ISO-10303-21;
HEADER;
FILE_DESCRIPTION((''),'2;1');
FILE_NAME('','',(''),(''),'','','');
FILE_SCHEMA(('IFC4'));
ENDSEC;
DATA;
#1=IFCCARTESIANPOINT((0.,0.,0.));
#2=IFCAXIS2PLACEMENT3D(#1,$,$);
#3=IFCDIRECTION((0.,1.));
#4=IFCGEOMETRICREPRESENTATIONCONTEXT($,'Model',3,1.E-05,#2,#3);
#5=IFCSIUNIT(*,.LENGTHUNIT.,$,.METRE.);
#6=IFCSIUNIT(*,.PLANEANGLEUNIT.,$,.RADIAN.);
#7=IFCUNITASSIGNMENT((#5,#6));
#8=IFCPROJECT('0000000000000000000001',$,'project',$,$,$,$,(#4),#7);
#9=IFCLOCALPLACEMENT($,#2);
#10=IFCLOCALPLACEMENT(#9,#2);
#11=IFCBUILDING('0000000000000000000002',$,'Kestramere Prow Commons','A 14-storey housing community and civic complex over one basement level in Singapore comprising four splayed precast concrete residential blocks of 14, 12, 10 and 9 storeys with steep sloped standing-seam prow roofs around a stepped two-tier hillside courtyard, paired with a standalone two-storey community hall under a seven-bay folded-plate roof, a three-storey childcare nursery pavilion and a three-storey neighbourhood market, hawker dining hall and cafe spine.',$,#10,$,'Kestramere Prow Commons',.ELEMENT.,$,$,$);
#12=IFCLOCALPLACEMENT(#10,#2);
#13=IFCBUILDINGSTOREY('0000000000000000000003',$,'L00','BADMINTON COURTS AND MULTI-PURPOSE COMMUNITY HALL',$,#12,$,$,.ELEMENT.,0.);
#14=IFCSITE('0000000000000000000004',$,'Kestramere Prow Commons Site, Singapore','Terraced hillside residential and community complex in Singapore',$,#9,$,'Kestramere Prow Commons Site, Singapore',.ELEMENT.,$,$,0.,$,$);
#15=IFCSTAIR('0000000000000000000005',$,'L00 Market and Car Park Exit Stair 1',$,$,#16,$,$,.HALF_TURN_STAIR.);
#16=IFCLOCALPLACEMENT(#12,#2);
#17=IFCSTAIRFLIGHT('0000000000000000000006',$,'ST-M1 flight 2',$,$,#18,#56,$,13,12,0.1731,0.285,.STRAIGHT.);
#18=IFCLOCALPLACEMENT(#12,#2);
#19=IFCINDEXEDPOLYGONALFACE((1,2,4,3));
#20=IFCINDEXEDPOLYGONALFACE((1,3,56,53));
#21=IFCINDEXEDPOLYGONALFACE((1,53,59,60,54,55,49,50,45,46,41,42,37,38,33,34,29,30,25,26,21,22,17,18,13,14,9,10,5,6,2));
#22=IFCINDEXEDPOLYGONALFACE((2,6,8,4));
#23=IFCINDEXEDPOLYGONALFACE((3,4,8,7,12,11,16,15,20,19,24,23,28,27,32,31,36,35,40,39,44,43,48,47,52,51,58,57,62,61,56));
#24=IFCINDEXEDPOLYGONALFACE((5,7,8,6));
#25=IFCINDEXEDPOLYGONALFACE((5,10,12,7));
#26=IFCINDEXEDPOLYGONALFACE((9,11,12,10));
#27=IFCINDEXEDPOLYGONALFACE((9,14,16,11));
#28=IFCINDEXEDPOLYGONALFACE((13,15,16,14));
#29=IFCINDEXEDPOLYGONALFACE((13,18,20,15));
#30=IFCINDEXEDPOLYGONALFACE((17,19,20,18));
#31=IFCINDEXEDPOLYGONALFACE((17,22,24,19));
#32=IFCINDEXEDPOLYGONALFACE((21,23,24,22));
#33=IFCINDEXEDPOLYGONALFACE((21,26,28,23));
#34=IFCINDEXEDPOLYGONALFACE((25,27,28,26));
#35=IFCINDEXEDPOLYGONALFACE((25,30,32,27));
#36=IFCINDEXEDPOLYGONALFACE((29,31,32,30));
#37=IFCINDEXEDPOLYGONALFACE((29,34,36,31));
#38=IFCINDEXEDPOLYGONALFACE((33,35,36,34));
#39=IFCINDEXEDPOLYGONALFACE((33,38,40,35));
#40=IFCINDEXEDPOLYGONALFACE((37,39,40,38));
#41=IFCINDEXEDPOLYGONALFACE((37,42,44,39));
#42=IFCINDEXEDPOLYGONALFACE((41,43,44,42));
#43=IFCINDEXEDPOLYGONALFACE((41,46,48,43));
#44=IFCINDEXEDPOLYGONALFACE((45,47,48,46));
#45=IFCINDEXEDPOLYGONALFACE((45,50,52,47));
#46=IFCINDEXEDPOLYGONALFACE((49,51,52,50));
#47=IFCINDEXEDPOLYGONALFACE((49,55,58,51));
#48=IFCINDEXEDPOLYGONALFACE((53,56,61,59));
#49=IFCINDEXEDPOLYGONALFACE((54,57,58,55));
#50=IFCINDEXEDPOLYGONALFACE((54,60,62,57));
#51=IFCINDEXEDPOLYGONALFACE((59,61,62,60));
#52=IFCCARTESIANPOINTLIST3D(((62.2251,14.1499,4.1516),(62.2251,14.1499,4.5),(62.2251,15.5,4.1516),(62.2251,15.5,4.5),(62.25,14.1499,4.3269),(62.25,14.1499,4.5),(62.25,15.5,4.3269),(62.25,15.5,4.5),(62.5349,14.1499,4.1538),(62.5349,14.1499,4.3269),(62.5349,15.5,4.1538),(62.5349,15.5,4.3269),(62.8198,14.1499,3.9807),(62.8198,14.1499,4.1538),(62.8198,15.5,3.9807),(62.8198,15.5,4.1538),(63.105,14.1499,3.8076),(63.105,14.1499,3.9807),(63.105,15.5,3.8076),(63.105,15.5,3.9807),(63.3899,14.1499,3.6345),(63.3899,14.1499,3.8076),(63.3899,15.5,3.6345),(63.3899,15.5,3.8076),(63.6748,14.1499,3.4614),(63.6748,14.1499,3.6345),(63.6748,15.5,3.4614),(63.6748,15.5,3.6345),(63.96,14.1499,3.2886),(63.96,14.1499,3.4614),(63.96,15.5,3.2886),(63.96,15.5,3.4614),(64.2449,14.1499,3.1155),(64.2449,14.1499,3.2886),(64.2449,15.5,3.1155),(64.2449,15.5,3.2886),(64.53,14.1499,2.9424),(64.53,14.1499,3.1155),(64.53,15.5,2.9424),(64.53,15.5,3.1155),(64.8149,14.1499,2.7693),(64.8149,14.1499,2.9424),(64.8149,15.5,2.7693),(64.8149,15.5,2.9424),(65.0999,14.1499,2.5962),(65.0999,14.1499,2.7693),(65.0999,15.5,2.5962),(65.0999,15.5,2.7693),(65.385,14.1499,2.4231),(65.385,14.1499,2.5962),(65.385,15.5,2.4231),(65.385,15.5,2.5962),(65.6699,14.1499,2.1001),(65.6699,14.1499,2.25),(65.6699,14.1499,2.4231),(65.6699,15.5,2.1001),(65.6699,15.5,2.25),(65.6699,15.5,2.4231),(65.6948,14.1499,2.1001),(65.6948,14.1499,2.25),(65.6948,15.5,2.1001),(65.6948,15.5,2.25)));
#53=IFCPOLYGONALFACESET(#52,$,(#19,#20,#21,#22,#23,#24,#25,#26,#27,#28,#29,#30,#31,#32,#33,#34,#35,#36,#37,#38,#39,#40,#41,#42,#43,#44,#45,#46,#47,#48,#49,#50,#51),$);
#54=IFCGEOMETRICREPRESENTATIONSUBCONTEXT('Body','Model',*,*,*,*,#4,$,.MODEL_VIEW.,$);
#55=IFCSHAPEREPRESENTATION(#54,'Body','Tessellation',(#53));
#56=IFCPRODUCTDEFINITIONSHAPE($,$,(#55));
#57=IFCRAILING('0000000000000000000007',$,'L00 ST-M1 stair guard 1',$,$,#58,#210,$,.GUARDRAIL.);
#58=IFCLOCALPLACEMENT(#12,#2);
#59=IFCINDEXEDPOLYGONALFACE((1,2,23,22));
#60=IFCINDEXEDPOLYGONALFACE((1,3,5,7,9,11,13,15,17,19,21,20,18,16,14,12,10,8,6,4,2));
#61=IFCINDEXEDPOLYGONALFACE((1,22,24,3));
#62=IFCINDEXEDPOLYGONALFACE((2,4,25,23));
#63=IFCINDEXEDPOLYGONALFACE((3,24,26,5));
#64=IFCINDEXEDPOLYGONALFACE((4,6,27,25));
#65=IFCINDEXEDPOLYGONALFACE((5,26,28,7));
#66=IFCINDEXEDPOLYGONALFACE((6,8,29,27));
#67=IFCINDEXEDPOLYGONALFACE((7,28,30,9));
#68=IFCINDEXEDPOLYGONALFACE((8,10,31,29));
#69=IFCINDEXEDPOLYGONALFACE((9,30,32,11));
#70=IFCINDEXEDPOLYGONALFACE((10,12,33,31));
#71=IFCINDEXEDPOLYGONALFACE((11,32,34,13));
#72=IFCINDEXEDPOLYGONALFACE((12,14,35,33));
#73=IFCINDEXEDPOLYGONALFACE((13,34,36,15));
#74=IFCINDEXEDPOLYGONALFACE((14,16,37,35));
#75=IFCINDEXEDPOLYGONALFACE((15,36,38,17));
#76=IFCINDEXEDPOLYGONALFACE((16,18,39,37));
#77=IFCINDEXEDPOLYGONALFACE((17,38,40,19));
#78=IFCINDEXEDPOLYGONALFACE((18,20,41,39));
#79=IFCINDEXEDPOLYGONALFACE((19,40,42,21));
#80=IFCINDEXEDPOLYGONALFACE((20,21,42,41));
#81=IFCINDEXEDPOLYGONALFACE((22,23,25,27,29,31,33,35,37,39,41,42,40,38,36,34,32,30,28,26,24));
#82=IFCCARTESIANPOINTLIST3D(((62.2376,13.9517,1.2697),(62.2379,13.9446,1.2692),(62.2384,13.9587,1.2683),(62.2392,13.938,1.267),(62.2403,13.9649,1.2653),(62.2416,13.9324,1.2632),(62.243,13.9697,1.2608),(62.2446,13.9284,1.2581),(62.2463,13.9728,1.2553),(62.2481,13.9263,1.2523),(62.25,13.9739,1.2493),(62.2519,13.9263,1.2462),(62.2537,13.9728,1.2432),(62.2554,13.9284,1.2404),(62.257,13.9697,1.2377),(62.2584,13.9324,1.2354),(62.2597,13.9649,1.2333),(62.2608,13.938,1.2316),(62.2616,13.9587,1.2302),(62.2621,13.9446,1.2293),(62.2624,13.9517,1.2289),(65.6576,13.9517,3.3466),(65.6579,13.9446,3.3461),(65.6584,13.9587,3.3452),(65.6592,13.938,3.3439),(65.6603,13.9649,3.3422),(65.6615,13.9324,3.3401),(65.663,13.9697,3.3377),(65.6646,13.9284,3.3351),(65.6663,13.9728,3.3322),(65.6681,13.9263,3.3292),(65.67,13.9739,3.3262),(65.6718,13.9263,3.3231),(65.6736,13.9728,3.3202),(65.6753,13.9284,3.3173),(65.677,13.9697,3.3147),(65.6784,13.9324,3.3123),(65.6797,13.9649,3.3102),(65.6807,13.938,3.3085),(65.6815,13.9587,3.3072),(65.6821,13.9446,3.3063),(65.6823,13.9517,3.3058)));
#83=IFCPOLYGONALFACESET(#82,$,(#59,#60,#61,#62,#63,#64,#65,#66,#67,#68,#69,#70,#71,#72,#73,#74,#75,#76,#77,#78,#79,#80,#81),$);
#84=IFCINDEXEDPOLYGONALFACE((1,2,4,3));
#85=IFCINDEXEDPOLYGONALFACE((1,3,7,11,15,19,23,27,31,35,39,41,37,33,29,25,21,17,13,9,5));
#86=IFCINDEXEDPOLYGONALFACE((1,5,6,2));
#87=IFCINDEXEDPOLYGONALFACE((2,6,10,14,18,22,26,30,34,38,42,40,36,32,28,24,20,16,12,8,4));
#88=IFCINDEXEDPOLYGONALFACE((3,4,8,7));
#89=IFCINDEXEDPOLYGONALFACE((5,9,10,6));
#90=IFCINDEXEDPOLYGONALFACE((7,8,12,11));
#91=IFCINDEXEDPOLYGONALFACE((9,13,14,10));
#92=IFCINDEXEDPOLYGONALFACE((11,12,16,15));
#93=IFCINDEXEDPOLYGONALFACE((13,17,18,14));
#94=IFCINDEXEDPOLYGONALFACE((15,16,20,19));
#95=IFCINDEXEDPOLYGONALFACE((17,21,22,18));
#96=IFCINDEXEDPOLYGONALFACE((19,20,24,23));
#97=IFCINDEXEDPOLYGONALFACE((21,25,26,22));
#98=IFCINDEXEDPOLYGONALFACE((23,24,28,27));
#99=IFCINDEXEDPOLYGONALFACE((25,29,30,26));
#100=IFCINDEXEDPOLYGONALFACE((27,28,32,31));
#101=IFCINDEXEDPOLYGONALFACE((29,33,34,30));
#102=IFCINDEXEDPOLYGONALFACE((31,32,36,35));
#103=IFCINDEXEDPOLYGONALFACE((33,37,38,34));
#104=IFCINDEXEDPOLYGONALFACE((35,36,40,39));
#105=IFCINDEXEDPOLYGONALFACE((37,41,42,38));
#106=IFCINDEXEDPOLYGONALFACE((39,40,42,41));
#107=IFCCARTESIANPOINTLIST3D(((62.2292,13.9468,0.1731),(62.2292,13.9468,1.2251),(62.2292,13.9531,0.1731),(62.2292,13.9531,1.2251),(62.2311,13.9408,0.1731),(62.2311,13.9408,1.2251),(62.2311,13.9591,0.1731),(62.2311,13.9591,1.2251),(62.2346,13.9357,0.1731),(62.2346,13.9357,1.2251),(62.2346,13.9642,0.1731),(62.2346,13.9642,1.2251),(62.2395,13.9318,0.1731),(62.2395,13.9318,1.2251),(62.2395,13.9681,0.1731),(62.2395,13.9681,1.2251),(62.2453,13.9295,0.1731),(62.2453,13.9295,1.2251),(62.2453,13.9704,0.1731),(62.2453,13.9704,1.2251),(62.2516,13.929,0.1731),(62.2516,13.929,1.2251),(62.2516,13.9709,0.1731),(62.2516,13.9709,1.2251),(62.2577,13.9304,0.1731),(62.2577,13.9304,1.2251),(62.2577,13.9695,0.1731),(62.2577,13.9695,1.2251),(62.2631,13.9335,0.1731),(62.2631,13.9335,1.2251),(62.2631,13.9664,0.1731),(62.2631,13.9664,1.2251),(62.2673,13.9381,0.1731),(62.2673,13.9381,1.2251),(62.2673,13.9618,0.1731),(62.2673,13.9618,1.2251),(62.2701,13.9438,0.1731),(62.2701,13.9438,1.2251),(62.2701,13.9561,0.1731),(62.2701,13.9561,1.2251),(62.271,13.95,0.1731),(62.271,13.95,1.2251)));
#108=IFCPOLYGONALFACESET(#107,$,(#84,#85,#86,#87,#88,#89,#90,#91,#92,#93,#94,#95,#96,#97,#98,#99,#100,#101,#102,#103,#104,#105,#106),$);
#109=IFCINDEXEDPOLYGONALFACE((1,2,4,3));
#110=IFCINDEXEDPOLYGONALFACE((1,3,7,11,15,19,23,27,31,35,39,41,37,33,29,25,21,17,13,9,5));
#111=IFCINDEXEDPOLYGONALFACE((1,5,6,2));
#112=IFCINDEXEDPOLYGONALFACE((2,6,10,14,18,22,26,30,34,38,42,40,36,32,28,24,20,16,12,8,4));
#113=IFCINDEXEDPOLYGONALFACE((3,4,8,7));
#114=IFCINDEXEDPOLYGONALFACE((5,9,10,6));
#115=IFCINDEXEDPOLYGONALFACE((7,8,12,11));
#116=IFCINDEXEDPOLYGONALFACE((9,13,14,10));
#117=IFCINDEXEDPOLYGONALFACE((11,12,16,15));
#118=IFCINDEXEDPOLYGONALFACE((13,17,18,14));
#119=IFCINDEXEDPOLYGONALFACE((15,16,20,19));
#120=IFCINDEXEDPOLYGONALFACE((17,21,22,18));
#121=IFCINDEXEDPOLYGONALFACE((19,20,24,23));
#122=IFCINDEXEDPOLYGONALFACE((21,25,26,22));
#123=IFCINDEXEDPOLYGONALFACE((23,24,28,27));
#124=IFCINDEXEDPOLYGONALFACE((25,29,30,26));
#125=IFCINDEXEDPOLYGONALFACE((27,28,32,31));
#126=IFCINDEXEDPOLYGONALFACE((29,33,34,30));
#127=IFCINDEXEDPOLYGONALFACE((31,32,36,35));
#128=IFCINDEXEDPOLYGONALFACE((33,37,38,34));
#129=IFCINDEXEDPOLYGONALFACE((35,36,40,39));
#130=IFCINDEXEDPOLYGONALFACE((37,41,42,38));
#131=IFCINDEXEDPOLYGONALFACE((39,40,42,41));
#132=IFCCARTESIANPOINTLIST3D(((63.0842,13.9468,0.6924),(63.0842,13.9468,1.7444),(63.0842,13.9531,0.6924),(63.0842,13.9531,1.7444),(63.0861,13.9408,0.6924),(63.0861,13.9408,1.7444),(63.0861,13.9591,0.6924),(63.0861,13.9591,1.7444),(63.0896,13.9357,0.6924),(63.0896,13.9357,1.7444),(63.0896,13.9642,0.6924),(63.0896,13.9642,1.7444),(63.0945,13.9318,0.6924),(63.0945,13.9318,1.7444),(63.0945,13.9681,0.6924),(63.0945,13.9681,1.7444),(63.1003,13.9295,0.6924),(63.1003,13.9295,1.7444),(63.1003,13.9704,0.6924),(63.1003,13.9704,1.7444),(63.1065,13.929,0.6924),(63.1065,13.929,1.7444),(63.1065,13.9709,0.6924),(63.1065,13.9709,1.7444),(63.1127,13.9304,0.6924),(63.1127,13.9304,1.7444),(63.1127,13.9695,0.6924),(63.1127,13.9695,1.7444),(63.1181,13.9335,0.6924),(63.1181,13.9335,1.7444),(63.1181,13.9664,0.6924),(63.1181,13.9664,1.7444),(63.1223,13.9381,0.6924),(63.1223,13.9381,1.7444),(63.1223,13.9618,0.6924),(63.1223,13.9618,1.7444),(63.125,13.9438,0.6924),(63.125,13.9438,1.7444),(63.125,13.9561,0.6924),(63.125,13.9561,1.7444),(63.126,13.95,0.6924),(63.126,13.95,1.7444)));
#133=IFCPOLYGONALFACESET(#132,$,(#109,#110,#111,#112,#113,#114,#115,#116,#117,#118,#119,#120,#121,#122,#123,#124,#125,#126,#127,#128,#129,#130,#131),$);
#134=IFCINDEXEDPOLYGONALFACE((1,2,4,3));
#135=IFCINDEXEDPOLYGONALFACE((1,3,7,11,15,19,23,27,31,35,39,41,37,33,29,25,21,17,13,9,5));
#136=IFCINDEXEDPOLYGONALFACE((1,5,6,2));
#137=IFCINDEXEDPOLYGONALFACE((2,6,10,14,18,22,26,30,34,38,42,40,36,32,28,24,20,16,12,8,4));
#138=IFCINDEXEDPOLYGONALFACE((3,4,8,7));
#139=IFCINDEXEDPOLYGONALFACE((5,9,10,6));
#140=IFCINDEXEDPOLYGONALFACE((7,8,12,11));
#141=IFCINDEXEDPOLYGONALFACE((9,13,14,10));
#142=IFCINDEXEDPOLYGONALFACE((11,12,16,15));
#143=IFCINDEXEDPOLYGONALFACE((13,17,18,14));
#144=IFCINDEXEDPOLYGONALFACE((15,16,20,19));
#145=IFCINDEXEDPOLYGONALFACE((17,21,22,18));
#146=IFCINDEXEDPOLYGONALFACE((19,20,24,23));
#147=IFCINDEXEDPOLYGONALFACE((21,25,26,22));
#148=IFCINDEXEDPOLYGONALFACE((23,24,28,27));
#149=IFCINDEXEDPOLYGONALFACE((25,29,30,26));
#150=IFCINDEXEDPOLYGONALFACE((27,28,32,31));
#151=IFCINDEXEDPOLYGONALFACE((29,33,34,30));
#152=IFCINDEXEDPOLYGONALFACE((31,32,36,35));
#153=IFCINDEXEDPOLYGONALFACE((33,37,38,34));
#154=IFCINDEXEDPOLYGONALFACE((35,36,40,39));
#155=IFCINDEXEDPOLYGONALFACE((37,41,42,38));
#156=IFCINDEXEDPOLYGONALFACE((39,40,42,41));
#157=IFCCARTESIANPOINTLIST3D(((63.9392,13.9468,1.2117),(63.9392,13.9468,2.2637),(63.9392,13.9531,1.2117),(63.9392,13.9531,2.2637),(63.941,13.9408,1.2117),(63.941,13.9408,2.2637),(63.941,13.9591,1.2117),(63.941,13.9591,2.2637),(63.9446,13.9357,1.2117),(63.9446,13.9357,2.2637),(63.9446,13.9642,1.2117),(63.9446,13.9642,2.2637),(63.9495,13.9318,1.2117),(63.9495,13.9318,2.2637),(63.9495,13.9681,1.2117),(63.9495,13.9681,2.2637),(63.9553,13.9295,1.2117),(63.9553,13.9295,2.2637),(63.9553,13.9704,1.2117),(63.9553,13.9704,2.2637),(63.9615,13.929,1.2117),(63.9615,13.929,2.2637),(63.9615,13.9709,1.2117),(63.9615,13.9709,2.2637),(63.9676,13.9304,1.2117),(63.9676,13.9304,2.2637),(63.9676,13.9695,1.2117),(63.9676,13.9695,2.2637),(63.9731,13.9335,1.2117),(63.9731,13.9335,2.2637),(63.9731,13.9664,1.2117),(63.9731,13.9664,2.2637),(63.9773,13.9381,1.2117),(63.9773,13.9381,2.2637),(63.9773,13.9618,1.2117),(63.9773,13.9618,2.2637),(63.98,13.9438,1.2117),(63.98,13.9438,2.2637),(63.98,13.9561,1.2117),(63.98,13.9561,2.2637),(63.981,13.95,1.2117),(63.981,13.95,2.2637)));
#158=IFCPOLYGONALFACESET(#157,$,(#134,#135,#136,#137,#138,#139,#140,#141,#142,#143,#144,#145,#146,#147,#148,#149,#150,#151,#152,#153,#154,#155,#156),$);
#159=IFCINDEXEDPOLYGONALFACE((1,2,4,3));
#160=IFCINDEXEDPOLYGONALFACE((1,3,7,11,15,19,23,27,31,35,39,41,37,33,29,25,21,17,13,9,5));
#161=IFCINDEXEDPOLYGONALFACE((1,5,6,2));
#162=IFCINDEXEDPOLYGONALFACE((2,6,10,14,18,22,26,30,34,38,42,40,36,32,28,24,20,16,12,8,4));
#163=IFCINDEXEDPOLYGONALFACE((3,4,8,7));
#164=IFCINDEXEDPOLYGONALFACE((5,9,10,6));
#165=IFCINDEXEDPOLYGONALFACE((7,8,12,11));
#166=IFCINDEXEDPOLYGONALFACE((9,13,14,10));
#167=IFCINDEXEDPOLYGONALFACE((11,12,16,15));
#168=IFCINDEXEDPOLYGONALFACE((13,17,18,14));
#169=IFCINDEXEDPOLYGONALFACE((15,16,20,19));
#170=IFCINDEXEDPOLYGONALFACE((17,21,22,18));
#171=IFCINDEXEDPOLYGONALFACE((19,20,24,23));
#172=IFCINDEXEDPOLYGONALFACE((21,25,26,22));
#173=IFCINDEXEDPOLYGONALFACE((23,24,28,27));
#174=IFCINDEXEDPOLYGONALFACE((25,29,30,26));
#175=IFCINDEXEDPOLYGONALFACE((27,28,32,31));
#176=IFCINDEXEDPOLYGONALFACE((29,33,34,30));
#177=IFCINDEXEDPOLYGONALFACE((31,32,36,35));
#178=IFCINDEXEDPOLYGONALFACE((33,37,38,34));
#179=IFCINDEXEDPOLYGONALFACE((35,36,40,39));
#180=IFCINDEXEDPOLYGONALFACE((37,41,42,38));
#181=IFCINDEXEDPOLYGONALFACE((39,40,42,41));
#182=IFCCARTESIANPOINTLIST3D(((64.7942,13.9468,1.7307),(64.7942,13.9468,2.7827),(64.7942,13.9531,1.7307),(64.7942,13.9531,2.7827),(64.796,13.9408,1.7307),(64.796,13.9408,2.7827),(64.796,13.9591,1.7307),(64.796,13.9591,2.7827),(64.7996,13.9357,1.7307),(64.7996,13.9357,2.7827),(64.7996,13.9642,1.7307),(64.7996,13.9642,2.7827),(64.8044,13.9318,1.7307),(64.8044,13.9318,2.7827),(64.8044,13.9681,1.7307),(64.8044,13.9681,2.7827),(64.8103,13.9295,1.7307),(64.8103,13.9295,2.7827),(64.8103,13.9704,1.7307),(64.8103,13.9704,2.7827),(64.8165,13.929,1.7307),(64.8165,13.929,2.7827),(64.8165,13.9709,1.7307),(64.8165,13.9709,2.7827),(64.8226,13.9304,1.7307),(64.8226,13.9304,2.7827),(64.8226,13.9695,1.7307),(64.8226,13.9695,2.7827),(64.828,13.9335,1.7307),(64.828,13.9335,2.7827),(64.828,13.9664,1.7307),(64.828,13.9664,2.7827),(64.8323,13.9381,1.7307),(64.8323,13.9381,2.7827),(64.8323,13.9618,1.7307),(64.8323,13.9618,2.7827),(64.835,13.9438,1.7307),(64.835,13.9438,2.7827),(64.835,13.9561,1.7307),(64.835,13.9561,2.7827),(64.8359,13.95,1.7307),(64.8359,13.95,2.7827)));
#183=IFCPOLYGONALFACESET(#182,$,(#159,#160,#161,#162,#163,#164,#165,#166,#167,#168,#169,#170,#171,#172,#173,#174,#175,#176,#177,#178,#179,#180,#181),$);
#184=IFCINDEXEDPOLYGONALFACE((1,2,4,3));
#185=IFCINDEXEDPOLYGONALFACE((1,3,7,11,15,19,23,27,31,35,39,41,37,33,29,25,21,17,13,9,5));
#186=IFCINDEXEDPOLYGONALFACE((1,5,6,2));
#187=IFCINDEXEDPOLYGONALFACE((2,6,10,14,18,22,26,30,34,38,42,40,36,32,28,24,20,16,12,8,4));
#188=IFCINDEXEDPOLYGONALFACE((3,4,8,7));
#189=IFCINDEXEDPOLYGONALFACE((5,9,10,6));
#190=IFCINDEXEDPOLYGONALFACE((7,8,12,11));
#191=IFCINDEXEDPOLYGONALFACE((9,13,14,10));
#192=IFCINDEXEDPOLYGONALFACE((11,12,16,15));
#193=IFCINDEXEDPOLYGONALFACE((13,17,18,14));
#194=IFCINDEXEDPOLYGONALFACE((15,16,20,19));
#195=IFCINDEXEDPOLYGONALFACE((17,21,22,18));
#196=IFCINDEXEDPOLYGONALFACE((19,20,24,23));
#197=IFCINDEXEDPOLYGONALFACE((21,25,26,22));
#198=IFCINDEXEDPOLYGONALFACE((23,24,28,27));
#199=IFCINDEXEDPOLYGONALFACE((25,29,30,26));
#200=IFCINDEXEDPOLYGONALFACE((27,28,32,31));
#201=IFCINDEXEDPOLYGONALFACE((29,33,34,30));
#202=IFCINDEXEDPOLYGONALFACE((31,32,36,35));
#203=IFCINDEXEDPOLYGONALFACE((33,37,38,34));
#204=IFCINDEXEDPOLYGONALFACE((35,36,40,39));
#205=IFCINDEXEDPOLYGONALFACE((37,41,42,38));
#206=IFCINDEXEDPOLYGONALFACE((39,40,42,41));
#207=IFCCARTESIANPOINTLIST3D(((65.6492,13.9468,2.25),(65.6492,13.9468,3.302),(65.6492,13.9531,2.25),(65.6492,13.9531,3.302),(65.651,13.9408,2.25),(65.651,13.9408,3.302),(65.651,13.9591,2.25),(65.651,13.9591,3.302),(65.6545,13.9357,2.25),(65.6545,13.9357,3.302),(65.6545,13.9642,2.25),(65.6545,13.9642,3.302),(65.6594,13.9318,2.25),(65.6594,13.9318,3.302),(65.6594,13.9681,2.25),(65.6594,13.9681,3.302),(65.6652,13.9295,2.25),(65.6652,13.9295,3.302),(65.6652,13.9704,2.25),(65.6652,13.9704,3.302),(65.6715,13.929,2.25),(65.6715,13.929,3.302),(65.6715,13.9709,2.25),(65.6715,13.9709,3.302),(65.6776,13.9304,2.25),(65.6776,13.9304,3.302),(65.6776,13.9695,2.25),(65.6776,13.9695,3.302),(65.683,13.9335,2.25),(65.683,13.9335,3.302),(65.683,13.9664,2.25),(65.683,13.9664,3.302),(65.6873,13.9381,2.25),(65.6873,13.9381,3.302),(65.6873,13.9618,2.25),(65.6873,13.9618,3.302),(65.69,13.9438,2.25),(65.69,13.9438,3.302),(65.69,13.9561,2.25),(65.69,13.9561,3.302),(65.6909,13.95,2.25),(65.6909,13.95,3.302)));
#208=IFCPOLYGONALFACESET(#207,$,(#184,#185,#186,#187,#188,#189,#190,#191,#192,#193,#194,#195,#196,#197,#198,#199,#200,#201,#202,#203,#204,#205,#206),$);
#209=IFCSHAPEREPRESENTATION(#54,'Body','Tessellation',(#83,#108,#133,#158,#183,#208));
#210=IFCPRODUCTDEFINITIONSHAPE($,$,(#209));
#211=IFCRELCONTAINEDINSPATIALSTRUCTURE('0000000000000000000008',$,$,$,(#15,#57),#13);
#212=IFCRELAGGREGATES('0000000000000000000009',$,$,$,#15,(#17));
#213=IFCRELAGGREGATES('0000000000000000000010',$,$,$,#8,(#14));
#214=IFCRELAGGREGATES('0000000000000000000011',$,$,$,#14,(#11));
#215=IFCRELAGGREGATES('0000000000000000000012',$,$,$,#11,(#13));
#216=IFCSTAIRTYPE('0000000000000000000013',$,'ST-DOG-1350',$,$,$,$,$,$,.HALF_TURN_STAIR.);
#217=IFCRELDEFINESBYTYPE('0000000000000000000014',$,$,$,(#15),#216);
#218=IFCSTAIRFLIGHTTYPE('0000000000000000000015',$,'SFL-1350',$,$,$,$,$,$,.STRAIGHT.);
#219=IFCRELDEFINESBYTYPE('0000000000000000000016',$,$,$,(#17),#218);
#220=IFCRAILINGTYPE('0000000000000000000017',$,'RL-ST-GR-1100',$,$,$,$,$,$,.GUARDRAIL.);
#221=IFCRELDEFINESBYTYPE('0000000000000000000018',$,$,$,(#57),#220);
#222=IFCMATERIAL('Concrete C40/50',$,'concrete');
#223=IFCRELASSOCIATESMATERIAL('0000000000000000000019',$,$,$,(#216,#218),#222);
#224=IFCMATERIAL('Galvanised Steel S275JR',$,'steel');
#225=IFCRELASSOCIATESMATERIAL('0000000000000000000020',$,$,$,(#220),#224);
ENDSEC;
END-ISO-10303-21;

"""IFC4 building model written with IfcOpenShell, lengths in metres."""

from ifc_helpers import new_model, si_unit, direction, frame, origin, origin_2d, place, context, subcontext, project, spatial, polyline, circle, outline, extrude, material, type_object, element, aggregate, save


model = new_model("IFC4")

# Units and contexts
model_context = context("Model", 3, precision=1e-05, world=origin(), true_north=direction((0.0, 1.0)))
body_context = subcontext(model_context, "Body", "Model", "MODEL_VIEW")
ifc_project = project(units=[si_unit("LENGTHUNIT", "METRE"), si_unit("PLANEANGLEUNIT", "RADIAN")], contexts=[model_context])

# Site, building, storey
site_placement = place(None, origin())
site = spatial("IfcSite", under=ifc_project, at=site_placement, Name="Kestramere Prow Commons Site, Singapore", Description="Terraced hillside residential and community complex in Singapore", LongName="Kestramere Prow Commons Site, Singapore", CompositionType="ELEMENT", RefElevation=0.0)
building_placement = place(site_placement, origin())
building = spatial("IfcBuilding", under=site, at=building_placement, Name="Kestramere Prow Commons", Description="A 14-storey housing community and civic complex over one basement level in Singapore comprising four splayed precast concrete residential blocks of 14, 12, 10 and 9 storeys with steep sloped standing-seam prow roofs around a stepped two-tier hillside courtyard, paired with a standalone two-storey community hall under a seven-bay folded-plate roof, a three-storey childcare nursery pavilion and a three-storey neighbourhood market, hawker dining hall and cafe spine.", LongName="Kestramere Prow Commons", CompositionType="ELEMENT")
storey_placement = place(building_placement, origin())
storey = spatial("IfcBuildingStorey", under=building, at=storey_placement, Name="L00", Description="BADMINTON COURTS AND MULTI-PURPOSE COMMUNITY HALL", CompositionType="ELEMENT", Elevation=0.0)

# Shared definitions
ifc_material_1 = material(Name="Concrete C40/50", Category="concrete")

# Stair, stair flight
stair_type = type_object("IfcStairType", Name="ST-DOG-1350", PredefinedType="HALF_TURN_STAIR", material=ifc_material_1)
stair_placement = place(storey_placement, origin())
stair = element("IfcStair", 1, at=stair_placement, inside=storey, type_object=stair_type, Name="L00 Market and Car Park Exit Stair 1", PredefinedType="HALF_TURN_STAIR")
stair_flight_type = type_object("IfcStairFlightType", Name="SFL-1350", PredefinedType="STRAIGHT", material=ifc_material_1)
stair_flight_1_placement = place(storey_placement, frame((65.6699, 14.825, 2.25), z_axis=(0.0, 0.0, 1.0), x_axis=(-1.0, 0.0, 0.0)))
stair_flight_1 = element("IfcStairFlight", 2, at=stair_flight_1_placement, type_object=stair_flight_type, Name="ST-M1 flight 2", NumberOfRisers=13, NumberOfTreads=12, PredefinedType="STRAIGHT", RiserHeight=0.1731, TreadLength=0.285, context=body_context, shape_type="SweptSolid", body=[
    extrude(outline(polyline([(-0.0249, 0.0), (0.0, 0.0), (0.0, 0.1731), (0.2849, 0.1731), (0.2849, 0.3462), (0.5701, 0.3462), (0.5701, 0.5193), (0.855, 0.5193), (0.855, 0.6924), (1.1399, 0.6924), (1.1399, 0.8655), (1.425, 0.8655), (1.425, 1.0386), (1.71, 1.0386), (1.71, 1.2114), (1.9951, 1.2114), (1.9951, 1.3845), (2.28, 1.3845), (2.28, 1.5576), (2.5649, 1.5576), (2.5649, 1.7307), (2.8501, 1.7307), (2.8501, 1.9038), (3.135, 1.9038), (3.135, 2.0769), (3.4199, 2.0769), (3.4199, 2.25), (3.4448, 2.25), (3.4448, 1.9016), (0.0, -0.1499), (-0.0249, -0.1499), (-0.0249, 0.0)])), frame((0.0, 0.675, 0.0), z_axis=(0.0, -1.0, 0.0), x_axis=(1.0, 0.0, 0.0)), (0.0, 0.0, 1.0), 1.3501),
])
aggregate(stair, [stair_flight_1])

# Railing
ifc_material_2 = material(Name="Galvanised Steel S275JR", Category="steel")
railing_type_1 = type_object("IfcRailingType", Name="RL-ST-GR-1100", PredefinedType="GUARDRAIL", material=ifc_material_2)
railing_1_placement = place(storey_placement, frame((62.25, 13.95, 0.1731)))
element("IfcRailing", 3, at=railing_1_placement, inside=storey, type_object=railing_type_1, Name="L00 ST-M1 stair guard 1", PredefinedType="GUARDRAIL", context=body_context, shape_type="SweptSolid", body=[
    extrude(circle(Radius=0.0239, at=origin_2d()), frame((0.0, 0.0, 1.0762), z_axis=(0.85473, 0.0, 0.519074), x_axis=(0.0, 1.0, 0.0)), (0.0, 0.0, 1.0), 4.0012),
    extrude(circle(Radius=0.021, at=origin_2d()), origin(), (0.0, 0.0, 1.0), 1.052),
    extrude(circle(Radius=0.021, at=origin_2d()), frame((0.855, 0.0, 0.5193)), (0.0, 0.0, 1.0), 1.052),
    extrude(circle(Radius=0.021, at=origin_2d()), frame((1.71, 0.0, 1.0386)), (0.0, 0.0, 1.0), 1.052),
    extrude(circle(Radius=0.021, at=origin_2d()), frame((2.5649, 0.0, 1.5576)), (0.0, 0.0, 1.0), 1.052),
    extrude(circle(Radius=0.021, at=origin_2d()), frame((3.4199, 0.0, 2.0769)), (0.0, 0.0, 1.0), 1.052),
])

save(model, "model.ifc")
